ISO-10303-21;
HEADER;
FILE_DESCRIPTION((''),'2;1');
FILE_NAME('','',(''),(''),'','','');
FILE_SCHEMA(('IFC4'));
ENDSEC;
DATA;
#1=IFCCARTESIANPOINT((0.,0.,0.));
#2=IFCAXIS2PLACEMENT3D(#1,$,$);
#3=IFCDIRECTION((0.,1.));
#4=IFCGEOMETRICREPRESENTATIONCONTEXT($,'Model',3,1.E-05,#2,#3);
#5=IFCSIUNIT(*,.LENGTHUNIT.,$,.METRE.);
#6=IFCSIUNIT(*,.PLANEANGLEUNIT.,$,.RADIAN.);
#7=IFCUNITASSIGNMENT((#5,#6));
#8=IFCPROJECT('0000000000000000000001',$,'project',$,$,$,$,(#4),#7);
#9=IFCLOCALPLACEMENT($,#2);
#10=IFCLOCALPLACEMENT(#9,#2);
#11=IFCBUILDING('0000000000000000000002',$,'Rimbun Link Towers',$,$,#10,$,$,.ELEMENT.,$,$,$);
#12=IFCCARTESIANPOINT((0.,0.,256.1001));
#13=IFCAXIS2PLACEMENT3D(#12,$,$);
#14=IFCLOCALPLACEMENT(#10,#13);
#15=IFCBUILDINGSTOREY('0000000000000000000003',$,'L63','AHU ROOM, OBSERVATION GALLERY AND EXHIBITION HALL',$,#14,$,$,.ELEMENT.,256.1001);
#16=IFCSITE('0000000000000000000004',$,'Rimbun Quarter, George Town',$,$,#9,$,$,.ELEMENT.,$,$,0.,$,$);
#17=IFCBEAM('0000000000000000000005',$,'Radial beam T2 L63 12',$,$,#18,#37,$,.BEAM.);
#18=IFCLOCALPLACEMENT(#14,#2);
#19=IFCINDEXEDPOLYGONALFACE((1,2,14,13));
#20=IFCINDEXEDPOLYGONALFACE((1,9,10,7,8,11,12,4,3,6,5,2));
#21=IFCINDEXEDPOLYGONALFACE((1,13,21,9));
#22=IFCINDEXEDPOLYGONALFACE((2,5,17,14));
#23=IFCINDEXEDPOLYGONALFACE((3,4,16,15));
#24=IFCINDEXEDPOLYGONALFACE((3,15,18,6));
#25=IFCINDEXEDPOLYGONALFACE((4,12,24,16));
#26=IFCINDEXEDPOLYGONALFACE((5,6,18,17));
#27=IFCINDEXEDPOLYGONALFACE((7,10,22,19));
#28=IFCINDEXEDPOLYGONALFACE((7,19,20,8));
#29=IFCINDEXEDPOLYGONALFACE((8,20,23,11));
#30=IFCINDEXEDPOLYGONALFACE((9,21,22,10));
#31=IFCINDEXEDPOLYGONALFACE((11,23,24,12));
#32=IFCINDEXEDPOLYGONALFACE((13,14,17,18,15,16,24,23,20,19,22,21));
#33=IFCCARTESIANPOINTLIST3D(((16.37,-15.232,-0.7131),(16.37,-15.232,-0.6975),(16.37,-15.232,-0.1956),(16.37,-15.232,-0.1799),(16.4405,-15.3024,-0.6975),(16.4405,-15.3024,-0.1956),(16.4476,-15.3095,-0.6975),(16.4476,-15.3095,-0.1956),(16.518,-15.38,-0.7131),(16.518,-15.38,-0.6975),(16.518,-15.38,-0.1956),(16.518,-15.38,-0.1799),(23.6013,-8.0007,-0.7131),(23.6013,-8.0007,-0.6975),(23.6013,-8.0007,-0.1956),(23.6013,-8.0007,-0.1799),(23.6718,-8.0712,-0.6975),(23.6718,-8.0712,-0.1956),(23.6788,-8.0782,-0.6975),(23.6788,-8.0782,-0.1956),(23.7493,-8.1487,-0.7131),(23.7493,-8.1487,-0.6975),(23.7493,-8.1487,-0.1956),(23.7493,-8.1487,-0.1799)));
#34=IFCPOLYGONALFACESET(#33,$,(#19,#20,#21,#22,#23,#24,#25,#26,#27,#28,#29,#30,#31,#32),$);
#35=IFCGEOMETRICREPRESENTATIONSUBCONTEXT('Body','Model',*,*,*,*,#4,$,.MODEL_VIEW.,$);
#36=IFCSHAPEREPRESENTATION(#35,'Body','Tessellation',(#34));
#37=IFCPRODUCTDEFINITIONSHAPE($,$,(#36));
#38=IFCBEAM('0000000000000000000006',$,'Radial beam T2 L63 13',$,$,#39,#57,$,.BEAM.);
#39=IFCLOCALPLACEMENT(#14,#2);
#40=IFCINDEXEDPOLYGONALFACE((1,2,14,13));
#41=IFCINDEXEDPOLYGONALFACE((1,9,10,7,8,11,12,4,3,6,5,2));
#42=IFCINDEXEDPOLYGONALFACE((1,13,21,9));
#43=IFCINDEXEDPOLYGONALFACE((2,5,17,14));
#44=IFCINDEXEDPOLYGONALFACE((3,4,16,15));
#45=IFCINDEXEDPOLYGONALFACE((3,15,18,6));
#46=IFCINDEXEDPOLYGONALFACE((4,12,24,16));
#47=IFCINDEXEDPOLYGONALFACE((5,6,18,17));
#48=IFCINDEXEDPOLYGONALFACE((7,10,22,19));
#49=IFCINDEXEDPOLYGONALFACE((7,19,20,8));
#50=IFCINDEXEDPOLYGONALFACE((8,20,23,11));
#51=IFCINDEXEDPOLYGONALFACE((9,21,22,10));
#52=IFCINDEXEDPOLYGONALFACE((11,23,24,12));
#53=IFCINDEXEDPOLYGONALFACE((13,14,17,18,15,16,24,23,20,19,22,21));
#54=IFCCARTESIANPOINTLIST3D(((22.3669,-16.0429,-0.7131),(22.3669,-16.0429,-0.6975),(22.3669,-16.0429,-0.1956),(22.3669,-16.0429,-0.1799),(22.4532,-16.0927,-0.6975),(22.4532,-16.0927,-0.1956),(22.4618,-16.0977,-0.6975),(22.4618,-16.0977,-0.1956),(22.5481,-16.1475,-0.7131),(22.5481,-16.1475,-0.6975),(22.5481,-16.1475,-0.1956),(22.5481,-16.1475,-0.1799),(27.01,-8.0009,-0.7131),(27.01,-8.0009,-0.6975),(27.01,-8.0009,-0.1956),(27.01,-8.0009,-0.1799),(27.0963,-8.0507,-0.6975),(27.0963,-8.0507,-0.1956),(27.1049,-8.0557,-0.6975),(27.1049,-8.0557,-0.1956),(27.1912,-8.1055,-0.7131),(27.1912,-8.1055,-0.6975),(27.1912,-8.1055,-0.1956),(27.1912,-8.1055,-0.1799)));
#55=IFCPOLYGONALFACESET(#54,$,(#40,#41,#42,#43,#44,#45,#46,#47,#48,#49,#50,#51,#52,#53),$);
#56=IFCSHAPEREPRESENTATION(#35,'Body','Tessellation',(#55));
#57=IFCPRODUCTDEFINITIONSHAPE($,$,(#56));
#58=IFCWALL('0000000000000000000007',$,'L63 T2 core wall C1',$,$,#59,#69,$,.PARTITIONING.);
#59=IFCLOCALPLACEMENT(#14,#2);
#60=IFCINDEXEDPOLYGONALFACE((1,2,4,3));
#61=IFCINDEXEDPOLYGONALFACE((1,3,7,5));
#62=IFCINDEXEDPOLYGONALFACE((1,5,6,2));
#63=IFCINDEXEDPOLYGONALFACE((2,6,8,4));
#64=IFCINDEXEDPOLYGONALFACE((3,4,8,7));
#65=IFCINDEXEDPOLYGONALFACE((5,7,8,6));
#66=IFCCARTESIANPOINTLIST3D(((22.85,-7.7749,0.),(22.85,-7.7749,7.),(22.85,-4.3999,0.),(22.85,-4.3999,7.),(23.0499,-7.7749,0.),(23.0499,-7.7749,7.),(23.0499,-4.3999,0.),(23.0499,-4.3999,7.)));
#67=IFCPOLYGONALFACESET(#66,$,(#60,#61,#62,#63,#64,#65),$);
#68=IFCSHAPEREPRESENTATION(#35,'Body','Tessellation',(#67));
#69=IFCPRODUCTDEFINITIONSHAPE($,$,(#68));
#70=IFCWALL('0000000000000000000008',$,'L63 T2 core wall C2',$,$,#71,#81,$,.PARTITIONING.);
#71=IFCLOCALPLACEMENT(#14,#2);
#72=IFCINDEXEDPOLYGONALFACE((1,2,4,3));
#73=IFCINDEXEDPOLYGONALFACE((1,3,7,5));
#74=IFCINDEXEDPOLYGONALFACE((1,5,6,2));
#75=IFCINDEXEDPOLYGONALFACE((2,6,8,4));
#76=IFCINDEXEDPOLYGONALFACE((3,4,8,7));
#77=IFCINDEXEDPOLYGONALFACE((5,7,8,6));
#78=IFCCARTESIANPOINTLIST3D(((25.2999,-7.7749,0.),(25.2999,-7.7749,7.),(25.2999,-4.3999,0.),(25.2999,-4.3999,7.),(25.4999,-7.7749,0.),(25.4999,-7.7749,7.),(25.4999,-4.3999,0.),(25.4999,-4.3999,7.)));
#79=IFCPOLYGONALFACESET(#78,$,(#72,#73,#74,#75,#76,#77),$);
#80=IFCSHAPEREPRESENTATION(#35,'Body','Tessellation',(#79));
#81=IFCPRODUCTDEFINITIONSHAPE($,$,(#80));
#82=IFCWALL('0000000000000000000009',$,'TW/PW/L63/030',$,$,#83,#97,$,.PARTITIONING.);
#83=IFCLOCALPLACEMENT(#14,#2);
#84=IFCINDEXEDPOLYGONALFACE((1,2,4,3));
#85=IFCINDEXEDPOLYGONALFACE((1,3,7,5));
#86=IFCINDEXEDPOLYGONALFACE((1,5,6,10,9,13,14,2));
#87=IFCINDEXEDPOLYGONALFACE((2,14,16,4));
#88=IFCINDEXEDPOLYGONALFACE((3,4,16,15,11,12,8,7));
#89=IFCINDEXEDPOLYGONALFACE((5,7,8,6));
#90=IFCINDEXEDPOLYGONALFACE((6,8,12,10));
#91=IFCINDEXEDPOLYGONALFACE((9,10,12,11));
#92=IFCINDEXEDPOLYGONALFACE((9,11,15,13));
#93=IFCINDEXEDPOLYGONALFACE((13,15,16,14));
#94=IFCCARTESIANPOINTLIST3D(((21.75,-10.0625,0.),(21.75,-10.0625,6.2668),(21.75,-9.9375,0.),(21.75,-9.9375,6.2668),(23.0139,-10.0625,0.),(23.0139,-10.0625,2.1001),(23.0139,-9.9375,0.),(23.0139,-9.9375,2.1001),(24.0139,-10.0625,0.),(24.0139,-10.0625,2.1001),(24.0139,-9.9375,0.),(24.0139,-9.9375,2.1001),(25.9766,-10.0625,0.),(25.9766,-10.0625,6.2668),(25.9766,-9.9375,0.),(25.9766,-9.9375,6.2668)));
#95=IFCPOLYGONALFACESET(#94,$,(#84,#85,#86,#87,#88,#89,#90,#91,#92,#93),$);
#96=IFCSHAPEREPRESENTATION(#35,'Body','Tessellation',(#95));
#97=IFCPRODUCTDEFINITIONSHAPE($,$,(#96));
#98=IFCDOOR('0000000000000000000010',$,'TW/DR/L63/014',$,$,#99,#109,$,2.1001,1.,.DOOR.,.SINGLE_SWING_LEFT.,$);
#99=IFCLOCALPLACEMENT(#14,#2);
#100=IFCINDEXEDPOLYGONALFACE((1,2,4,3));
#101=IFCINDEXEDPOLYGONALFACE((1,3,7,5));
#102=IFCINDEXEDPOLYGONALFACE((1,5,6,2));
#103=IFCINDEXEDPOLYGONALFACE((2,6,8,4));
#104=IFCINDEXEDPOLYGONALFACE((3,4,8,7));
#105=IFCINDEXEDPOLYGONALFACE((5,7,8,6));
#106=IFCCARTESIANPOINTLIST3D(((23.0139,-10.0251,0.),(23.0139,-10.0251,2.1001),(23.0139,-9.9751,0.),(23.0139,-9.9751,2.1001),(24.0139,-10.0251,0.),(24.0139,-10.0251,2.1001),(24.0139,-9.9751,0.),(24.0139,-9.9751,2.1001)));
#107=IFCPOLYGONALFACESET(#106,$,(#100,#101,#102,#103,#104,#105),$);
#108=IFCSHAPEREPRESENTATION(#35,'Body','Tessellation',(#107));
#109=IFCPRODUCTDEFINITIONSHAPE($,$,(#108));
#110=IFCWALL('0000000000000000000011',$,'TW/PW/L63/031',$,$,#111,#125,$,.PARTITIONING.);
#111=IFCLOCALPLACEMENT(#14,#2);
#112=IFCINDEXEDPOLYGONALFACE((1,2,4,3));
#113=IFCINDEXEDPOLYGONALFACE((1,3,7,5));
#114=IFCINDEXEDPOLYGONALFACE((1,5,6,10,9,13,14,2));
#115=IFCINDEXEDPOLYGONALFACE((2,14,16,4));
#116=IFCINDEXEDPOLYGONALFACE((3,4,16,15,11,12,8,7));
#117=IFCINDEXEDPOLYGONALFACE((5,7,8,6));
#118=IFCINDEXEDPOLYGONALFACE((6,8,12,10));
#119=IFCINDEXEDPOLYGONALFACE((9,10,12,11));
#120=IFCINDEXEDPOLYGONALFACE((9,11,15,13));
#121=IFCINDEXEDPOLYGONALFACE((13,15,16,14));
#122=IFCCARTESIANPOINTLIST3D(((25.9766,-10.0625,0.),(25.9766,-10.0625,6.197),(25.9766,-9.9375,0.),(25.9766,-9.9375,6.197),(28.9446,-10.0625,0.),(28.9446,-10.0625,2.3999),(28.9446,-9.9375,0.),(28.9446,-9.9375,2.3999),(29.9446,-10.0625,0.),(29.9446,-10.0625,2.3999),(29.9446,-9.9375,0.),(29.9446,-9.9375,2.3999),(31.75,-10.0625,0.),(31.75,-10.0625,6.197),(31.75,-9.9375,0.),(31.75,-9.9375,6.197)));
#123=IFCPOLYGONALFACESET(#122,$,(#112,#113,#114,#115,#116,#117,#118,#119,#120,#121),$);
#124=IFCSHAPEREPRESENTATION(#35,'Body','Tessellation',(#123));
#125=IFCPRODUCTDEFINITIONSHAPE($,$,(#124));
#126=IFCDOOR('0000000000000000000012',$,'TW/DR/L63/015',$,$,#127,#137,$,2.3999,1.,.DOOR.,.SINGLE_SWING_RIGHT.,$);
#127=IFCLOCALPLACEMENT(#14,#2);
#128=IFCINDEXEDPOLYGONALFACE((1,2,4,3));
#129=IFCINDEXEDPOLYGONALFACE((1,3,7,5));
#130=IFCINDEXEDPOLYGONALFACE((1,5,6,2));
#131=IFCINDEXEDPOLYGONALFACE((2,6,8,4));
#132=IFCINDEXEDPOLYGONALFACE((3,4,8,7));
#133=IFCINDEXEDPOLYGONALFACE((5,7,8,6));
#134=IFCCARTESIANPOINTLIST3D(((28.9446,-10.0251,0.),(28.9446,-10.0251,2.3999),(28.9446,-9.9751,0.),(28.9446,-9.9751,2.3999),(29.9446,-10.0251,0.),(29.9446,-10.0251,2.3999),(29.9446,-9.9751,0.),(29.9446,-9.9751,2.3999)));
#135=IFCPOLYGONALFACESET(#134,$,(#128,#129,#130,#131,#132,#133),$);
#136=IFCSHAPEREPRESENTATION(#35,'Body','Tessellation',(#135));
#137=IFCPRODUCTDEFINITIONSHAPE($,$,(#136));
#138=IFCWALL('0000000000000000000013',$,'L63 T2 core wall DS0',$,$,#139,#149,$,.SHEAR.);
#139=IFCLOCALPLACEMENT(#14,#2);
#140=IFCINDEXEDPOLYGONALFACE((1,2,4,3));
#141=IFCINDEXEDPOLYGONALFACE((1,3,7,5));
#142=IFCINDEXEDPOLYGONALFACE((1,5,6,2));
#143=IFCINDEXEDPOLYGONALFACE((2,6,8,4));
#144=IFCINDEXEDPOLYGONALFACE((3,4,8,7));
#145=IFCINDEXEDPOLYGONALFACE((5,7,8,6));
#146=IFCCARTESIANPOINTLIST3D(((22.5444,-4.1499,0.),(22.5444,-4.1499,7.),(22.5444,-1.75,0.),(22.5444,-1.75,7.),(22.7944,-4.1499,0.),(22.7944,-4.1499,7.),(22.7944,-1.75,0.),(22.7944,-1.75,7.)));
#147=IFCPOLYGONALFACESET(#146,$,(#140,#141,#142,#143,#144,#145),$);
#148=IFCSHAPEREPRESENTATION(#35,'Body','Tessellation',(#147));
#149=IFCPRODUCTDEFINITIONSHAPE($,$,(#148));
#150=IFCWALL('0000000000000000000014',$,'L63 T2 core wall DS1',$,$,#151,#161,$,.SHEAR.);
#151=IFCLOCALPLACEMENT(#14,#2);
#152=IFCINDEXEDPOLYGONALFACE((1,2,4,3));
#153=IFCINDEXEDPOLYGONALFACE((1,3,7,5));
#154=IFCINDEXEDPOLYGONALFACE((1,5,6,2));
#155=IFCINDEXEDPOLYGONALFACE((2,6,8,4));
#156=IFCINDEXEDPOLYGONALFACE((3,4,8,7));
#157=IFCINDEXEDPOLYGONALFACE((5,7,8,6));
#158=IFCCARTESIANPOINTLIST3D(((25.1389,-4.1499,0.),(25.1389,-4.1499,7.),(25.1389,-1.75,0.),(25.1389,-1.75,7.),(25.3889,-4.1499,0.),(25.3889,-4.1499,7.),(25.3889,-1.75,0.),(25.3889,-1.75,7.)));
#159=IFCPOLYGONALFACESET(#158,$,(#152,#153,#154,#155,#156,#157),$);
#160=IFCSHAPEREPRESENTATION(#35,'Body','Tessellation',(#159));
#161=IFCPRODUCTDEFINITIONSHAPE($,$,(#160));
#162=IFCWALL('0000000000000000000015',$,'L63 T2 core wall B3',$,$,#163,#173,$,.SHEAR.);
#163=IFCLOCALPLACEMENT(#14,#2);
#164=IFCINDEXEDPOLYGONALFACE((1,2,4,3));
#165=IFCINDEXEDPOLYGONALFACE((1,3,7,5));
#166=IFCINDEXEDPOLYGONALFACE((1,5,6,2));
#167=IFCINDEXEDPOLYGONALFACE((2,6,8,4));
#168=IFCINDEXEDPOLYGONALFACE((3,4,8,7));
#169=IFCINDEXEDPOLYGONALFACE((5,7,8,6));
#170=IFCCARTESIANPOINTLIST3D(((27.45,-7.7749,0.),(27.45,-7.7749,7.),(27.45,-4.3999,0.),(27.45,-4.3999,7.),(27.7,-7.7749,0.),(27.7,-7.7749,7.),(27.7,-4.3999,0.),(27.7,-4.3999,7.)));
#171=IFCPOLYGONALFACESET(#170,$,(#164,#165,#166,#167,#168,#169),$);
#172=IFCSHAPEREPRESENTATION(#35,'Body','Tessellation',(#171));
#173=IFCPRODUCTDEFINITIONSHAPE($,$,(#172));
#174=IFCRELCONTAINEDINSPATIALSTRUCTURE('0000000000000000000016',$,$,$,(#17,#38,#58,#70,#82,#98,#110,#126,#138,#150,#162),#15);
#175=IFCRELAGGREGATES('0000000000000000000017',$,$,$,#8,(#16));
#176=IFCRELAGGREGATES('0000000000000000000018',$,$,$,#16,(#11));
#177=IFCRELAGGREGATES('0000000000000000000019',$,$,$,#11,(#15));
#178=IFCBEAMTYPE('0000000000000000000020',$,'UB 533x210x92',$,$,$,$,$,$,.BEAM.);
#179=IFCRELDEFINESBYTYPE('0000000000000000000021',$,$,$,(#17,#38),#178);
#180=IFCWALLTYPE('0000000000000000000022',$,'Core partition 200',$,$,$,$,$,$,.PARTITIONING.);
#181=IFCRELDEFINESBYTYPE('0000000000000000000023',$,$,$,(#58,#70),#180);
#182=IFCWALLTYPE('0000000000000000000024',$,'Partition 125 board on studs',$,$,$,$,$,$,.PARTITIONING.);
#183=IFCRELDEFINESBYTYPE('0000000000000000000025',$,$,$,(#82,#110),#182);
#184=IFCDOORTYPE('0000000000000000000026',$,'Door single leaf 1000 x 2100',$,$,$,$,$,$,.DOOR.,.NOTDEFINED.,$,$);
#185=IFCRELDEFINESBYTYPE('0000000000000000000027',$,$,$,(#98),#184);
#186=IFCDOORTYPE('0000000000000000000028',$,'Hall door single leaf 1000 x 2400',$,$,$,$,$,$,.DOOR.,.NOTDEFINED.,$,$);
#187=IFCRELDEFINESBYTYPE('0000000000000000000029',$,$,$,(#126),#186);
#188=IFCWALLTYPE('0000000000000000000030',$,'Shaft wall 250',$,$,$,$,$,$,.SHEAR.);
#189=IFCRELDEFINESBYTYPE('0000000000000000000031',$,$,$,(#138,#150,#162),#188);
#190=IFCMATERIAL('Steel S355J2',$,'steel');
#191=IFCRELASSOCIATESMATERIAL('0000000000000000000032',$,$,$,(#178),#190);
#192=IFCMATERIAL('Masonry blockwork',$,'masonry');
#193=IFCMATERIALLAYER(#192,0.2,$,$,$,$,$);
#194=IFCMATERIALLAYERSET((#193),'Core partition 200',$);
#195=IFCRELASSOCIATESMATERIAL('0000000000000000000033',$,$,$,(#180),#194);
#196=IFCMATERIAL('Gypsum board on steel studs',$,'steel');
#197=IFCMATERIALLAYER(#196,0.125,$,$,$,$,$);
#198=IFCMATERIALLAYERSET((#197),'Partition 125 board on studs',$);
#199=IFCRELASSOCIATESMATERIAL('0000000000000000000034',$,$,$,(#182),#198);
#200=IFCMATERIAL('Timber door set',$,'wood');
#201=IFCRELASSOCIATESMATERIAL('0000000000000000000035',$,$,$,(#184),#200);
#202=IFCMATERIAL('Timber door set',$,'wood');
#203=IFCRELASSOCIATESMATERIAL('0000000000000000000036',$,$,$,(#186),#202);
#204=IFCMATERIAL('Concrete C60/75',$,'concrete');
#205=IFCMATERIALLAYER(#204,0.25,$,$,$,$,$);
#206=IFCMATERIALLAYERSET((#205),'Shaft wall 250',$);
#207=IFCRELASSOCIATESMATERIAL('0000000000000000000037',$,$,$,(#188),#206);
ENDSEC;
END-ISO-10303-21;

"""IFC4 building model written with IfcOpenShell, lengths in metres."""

from ifc_helpers import new_model, si_unit, direction, frame, frame_2d, origin, origin_2d, place, context, subcontext, project, spatial, rectangle, i_section, extrude, material, layer, layer_set, material_profile, profile_set, type_object, element, fill, save


model = new_model("IFC4")

# Units and contexts
model_context = context("Model", 3, precision=1e-05, world=origin(), true_north=direction((0.0, 1.0)))
body_context = subcontext(model_context, "Body", "Model", "MODEL_VIEW")
ifc_project = project(units=[si_unit("LENGTHUNIT", "METRE"), si_unit("PLANEANGLEUNIT", "RADIAN")], contexts=[model_context])

# Site, building, storey
site_placement = place(None, origin())
site = spatial("IfcSite", under=ifc_project, at=site_placement, Name="Rimbun Quarter, George Town", CompositionType="ELEMENT", RefElevation=0.0)
building_placement = place(site_placement, origin())
building = spatial("IfcBuilding", under=site, at=building_placement, Name="Rimbun Link Towers", CompositionType="ELEMENT")
storey_placement = place(building_placement, frame((0.0, 0.0, 256.1001)))
storey = spatial("IfcBuildingStorey", under=building, at=storey_placement, Name="L63", Description="AHU ROOM, OBSERVATION GALLERY AND EXHIBITION HALL", CompositionType="ELEMENT", Elevation=256.1001)

# Beams
ifc_material_1 = material(Name="Steel S355J2", Category="steel")
ifc_material_profile = material_profile(ifc_material_1, i_section(OverallWidth=0.2092, OverallDepth=0.5332, WebThickness=0.01, FlangeThickness=0.0156, at=origin_2d()), Name="UB 533x210x92")
ifc_profile_set = profile_set([ifc_material_profile], Name="Steel S355J2")
beam_type = type_object("IfcBeamType", Name="UB 533x210x92", PredefinedType="BEAM", material=ifc_profile_set)
beam_1_placement = place(storey_placement, frame((23.6753, -8.0747, -0.4465), z_axis=(-0.707107, -0.707107, 0.0), x_axis=(0.707107, -0.707107, 0.0)))
element("IfcBeam", 1, at=beam_1_placement, inside=storey, type_object=beam_type, Name="Radial beam T2 L63 12", PredefinedType="BEAM", context=body_context, shape_type="SweptSolid", body=[
    extrude(i_section(OverallWidth=0.2092, OverallDepth=0.5332, WebThickness=0.01, FlangeThickness=0.0156, at=origin_2d()), origin(), (0.0, 0.0, 1.0), 10.2266),
])
beam_2_placement = place(storey_placement, frame((27.1006, -8.0532, -0.4465), z_axis=(-0.500002, -0.866024, 0.0), x_axis=(0.866024, -0.500002, 0.0)))
element("IfcBeam", 2, at=beam_2_placement, inside=storey, type_object=beam_type, Name="Radial beam T2 L63 13", PredefinedType="BEAM", context=body_context, shape_type="SweptSolid", body=[
    extrude(i_section(OverallWidth=0.2092, OverallDepth=0.5332, WebThickness=0.01, FlangeThickness=0.0156, at=origin_2d()), origin(), (0.0, 0.0, 1.0), 9.2861),
])

# Walls
ifc_material_2 = material(Name="Masonry blockwork", Category="masonry")
ifc_layer_1 = layer(ifc_material_2, 0.2)
ifc_layer_set_1 = layer_set([ifc_layer_1], Name="Core partition 200")
wall_type_1 = type_object("IfcWallType", Name="Core partition 200", PredefinedType="PARTITIONING", material=ifc_layer_set_1)
for number, where, z_axis, x_axis, name in (
    (3, (22.95, -4.3999, 0.0), (0.0, 0.0, 1.0), (0.0, -1.0, 0.0), "L63 T2 core wall C1"),
    (4, (25.3999, -4.3999, 0.0), (0.0, 0.0, 1.0), (0.0, -1.0, 0.0), "L63 T2 core wall C2"),
):
    element("IfcWall", number, at=place(storey_placement, frame(where, z_axis=z_axis, x_axis=x_axis)), inside=storey, type_object=wall_type_1, Name=name, PredefinedType="PARTITIONING", context=body_context, shape_type="SweptSolid", body=[
        extrude(rectangle(XDim=3.375, YDim=0.2, at=frame_2d((1.6875, 0.0))), origin(), (0.0, 0.0, 1.0), 7.0),
    ])

# Walls, openings, doors
ifc_material_3 = material(Name="Gypsum board on steel studs", Category="steel")
ifc_layer_2 = layer(ifc_material_3, 0.125)
ifc_layer_set_2 = layer_set([ifc_layer_2], Name="Partition 125 board on studs")
wall_type_2 = type_object("IfcWallType", Name="Partition 125 board on studs", PredefinedType="PARTITIONING", material=ifc_layer_set_2)
wall_1_placement = place(storey_placement, frame((21.75, -10.0, 0.0), z_axis=(0.0, 0.0, 1.0), x_axis=(1.0, 0.0, 0.0)))
wall_1 = element("IfcWall", 5, at=wall_1_placement, inside=storey, type_object=wall_type_2, Name="TW/PW/L63/030", PredefinedType="PARTITIONING", context=body_context, shape_type="SweptSolid", body=[
    extrude(rectangle(XDim=4.2266, YDim=0.125, at=frame_2d((2.1133, 0.0))), origin(), (0.0, 0.0, 1.0), 6.2668),
])
opening_1_placement = place(wall_1_placement, frame((1.2639, 0.0, 0.0)))
opening_1 = element("IfcOpeningElement", 6, at=opening_1_placement, cuts=wall_1, PredefinedType="OPENING", context=body_context, shape_type="SweptSolid", body=[
    extrude(rectangle(XDim=1.0, YDim=2.1001, at=frame_2d((0.5, 1.05))), frame((0.0, 0.0725, 0.0), z_axis=(0.0, -1.0, 0.0), x_axis=(1.0, 0.0, 0.0)), (0.0, 0.0, 1.0), 0.145),
])
ifc_material_4 = material(Name="Timber door set", Category="wood")
door_type_1 = type_object("IfcDoorType", Name="Door single leaf 1000 x 2100", OperationType="NOTDEFINED", PredefinedType="DOOR", material=ifc_material_4)
door_1_placement = place(opening_1_placement, origin())
door_1 = element("IfcDoor", 7, at=door_1_placement, inside=storey, type_object=door_type_1, Name="TW/DR/L63/014", OperationType="SINGLE_SWING_LEFT", OverallHeight=2.1001, OverallWidth=1.0, PredefinedType="DOOR", context=body_context, shape_type="SweptSolid", body=[
    extrude(rectangle(XDim=1.0, YDim=2.1001, at=frame_2d((0.5, 1.05))), frame((0.0, 0.0249, 0.0), z_axis=(0.0, -1.0, 0.0), x_axis=(1.0, 0.0, 0.0)), (0.0, 0.0, 1.0), 0.05),
])
fill(opening_1, door_1)
wall_2_placement = place(storey_placement, frame((25.9766, -10.0, 0.0), z_axis=(0.0, 0.0, 1.0), x_axis=(1.0, 0.0, 0.0)))
wall_2 = element("IfcWall", 8, at=wall_2_placement, inside=storey, type_object=wall_type_2, Name="TW/PW/L63/031", PredefinedType="PARTITIONING", context=body_context, shape_type="SweptSolid", body=[
    extrude(rectangle(XDim=5.7734, YDim=0.125, at=frame_2d((2.8867, 0.0))), origin(), (0.0, 0.0, 1.0), 6.197),
])
opening_2_placement = place(wall_2_placement, frame((2.968, 0.0, 0.0)))
opening_2 = element("IfcOpeningElement", 9, at=opening_2_placement, cuts=wall_2, PredefinedType="OPENING", context=body_context, shape_type="SweptSolid", body=[
    extrude(rectangle(XDim=1.0, YDim=2.3999, at=frame_2d((0.5, 1.2))), frame((0.0, 0.0725, 0.0), z_axis=(0.0, -1.0, 0.0), x_axis=(1.0, 0.0, 0.0)), (0.0, 0.0, 1.0), 0.145),
])
ifc_material_5 = material(Name="Timber door set", Category="wood")
door_type_2 = type_object("IfcDoorType", Name="Hall door single leaf 1000 x 2400", OperationType="NOTDEFINED", PredefinedType="DOOR", material=ifc_material_5)
door_2_placement = place(opening_2_placement, origin())
door_2 = element("IfcDoor", 10, at=door_2_placement, inside=storey, type_object=door_type_2, Name="TW/DR/L63/015", OperationType="SINGLE_SWING_RIGHT", OverallHeight=2.3999, OverallWidth=1.0, PredefinedType="DOOR", context=body_context, shape_type="SweptSolid", body=[
    extrude(rectangle(XDim=1.0, YDim=2.3999, at=frame_2d((0.5, 1.2))), frame((0.0, 0.0249, 0.0), z_axis=(0.0, -1.0, 0.0), x_axis=(1.0, 0.0, 0.0)), (0.0, 0.0, 1.0), 0.05),
])
fill(opening_2, door_2)

# Walls
ifc_material_6 = material(Name="Concrete C60/75", Category="concrete")
ifc_layer_3 = layer(ifc_material_6, 0.25)
ifc_layer_set_3 = layer_set([ifc_layer_3], Name="Shaft wall 250")
wall_type_3 = type_object("IfcWallType", Name="Shaft wall 250", PredefinedType="SHEAR", material=ifc_layer_set_3)
for number, where, z_axis, x_axis, name in (
    (11, (22.6694, -4.1499, 0.0), (0.0, 0.0, 1.0), (0.0, 1.0, 0.0), "L63 T2 core wall DS0"),
    (12, (25.2639, -4.1499, 0.0), (0.0, 0.0, 1.0), (0.0, 1.0, 0.0), "L63 T2 core wall DS1"),
):
    element("IfcWall", number, at=place(storey_placement, frame(where, z_axis=z_axis, x_axis=x_axis)), inside=storey, type_object=wall_type_3, Name=name, PredefinedType="SHEAR", context=body_context, shape_type="SweptSolid", body=[
        extrude(rectangle(XDim=2.3999, YDim=0.25, at=frame_2d((1.2, 0.0))), origin(), (0.0, 0.0, 1.0), 7.0),
    ])
wall_3_placement = place(storey_placement, frame((27.575, -4.3999, 0.0), z_axis=(0.0, 0.0, 1.0), x_axis=(0.0, -1.0, 0.0)))
element("IfcWall", 13, at=wall_3_placement, inside=storey, type_object=wall_type_3, Name="L63 T2 core wall B3", PredefinedType="SHEAR", context=body_context, shape_type="SweptSolid", body=[
    extrude(rectangle(XDim=3.375, YDim=0.25, at=frame_2d((1.6875, 0.0))), origin(), (0.0, 0.0, 1.0), 7.0),
])

save(model, "model.ifc")
